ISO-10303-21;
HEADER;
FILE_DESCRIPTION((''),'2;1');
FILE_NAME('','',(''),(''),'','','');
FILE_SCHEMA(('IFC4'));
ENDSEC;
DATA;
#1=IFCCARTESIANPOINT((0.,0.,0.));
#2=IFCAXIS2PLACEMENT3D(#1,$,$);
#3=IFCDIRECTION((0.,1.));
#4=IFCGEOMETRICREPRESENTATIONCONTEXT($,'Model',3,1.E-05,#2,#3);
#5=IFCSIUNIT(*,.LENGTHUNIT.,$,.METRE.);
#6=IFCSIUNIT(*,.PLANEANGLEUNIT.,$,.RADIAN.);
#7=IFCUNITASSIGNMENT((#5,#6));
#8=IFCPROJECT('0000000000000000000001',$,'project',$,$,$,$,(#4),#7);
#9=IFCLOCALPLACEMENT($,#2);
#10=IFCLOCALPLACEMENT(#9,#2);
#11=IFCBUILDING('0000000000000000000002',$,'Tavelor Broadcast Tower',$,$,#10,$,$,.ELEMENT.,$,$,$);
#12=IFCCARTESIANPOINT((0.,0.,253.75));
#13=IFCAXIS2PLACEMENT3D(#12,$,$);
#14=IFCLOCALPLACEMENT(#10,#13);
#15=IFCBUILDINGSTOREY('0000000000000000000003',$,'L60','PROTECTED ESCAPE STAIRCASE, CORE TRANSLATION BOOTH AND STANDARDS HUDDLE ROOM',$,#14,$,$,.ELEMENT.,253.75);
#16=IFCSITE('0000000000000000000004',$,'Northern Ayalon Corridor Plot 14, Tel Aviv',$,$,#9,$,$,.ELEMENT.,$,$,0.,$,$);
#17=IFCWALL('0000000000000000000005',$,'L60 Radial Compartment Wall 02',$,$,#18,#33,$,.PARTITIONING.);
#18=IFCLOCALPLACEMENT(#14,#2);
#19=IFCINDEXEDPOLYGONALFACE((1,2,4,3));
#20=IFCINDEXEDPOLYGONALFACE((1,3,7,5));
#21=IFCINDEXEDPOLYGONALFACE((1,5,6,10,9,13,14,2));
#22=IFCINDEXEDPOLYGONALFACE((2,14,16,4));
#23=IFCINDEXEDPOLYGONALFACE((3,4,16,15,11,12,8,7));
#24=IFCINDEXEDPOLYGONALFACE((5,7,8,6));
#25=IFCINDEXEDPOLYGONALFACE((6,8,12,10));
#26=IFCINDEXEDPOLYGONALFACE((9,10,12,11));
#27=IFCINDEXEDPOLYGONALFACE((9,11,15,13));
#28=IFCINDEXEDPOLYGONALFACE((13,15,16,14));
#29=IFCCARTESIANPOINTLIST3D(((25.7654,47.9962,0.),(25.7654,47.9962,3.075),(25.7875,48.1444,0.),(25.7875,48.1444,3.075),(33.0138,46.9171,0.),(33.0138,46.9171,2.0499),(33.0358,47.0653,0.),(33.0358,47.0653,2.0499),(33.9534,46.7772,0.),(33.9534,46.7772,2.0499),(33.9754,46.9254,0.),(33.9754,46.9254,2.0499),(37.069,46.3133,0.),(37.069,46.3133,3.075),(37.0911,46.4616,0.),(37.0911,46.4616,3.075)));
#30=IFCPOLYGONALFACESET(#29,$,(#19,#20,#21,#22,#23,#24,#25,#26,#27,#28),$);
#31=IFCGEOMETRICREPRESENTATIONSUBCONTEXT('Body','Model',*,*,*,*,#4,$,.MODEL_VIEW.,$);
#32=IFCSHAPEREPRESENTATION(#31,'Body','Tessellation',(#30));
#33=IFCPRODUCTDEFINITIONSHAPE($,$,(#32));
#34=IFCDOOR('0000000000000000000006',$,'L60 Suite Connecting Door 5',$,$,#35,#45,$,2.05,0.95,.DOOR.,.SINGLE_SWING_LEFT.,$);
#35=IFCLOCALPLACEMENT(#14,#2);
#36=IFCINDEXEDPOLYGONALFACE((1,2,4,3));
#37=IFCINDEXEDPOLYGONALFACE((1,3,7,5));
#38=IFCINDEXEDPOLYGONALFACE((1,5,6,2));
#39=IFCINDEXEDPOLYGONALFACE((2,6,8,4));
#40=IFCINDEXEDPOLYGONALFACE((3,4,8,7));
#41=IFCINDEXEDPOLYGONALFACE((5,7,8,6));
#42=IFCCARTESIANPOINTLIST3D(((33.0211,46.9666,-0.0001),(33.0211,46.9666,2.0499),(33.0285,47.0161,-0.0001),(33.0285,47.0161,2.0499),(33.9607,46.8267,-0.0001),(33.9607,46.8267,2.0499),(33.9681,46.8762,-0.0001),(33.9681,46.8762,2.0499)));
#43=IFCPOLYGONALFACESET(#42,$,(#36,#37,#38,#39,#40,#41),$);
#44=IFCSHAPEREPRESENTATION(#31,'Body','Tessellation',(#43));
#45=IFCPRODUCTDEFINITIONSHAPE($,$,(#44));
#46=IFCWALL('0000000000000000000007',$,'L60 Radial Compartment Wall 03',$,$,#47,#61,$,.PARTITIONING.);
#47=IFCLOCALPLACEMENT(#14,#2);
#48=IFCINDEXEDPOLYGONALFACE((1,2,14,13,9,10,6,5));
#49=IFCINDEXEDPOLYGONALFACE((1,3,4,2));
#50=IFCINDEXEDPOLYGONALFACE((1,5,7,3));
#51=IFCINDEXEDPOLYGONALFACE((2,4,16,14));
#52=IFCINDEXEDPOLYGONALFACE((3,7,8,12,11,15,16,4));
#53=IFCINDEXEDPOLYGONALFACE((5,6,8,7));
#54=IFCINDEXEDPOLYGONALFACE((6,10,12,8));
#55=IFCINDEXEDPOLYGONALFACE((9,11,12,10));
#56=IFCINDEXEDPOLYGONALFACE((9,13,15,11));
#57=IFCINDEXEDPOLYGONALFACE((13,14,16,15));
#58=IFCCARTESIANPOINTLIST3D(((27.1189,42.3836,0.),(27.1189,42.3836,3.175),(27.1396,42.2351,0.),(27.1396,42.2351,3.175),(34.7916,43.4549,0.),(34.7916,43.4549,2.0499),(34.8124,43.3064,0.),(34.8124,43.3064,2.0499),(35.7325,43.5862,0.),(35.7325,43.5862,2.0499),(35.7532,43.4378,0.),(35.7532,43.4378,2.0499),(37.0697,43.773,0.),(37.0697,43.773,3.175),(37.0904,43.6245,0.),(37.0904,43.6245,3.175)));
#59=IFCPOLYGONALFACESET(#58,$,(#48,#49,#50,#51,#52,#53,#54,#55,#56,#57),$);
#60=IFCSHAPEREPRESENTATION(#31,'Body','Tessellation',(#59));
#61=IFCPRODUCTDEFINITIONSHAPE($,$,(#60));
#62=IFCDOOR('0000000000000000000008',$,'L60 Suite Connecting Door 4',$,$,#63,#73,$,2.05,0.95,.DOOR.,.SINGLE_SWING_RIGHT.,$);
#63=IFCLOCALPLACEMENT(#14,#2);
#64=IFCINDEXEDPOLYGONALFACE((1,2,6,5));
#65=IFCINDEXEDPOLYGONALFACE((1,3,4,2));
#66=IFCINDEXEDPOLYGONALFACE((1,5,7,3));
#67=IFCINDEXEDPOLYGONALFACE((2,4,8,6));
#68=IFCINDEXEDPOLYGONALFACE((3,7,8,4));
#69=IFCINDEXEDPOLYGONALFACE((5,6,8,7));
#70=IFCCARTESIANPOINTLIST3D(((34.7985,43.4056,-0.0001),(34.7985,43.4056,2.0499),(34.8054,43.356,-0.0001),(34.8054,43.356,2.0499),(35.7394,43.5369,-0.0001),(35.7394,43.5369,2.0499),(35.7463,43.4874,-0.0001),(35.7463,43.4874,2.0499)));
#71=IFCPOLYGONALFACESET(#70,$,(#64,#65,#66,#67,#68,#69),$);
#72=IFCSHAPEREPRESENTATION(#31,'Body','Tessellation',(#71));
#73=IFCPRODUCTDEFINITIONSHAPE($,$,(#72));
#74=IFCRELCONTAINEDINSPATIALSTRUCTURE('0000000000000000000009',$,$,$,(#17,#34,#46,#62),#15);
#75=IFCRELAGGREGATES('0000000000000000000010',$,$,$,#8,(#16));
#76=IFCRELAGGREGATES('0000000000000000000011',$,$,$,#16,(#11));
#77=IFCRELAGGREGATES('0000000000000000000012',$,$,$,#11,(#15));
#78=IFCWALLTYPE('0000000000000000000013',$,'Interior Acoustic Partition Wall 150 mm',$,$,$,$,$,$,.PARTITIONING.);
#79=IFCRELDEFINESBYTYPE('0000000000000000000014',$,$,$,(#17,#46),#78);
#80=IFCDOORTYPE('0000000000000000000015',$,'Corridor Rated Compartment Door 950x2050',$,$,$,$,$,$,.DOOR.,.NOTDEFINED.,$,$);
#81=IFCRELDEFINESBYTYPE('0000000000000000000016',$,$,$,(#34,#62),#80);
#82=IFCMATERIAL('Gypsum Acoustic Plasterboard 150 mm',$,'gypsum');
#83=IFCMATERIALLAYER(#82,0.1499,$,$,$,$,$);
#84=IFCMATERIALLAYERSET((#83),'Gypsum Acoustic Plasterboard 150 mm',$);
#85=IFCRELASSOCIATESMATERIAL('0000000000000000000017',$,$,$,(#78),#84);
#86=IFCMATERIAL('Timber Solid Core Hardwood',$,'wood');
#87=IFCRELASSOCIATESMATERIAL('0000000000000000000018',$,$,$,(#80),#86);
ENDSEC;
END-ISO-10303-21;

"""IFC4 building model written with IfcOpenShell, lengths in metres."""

from ifc_helpers import new_model, si_unit, direction, frame, frame_2d, origin, place, context, subcontext, project, spatial, rectangle, extrude, material, layer, layer_set, type_object, element, fill, save


model = new_model("IFC4")

# Units and contexts
model_context = context("Model", 3, precision=1e-05, world=origin(), true_north=direction((0.0, 1.0)))
body_context = subcontext(model_context, "Body", "Model", "MODEL_VIEW")
ifc_project = project(units=[si_unit("LENGTHUNIT", "METRE"), si_unit("PLANEANGLEUNIT", "RADIAN")], contexts=[model_context])

# Site, building, storey
site_placement = place(None, origin())
site = spatial("IfcSite", under=ifc_project, at=site_placement, Name="Northern Ayalon Corridor Plot 14, Tel Aviv", CompositionType="ELEMENT", RefElevation=0.0)
building_placement = place(site_placement, origin())
building = spatial("IfcBuilding", under=site, at=building_placement, Name="Tavelor Broadcast Tower", CompositionType="ELEMENT")
storey_placement = place(building_placement, frame((0.0, 0.0, 253.75)))
storey = spatial("IfcBuildingStorey", under=building, at=storey_placement, Name="L60", Description="PROTECTED ESCAPE STAIRCASE, CORE TRANSLATION BOOTH AND STANDARDS HUDDLE ROOM", CompositionType="ELEMENT", Elevation=253.75)

# Shared definitions
ifc_material_1 = material(Name="Gypsum Acoustic Plasterboard 150 mm", Category="gypsum")
ifc_layer_1 = layer(ifc_material_1, 0.1499)
ifc_layer_set_1 = layer_set([ifc_layer_1], Name="Gypsum Acoustic Plasterboard 150 mm")
wall_type_1 = type_object("IfcWallType", Name="Interior Acoustic Partition Wall 150 mm", PredefinedType="PARTITIONING", material=ifc_layer_set_1)
ifc_material_2 = material(Name="Timber Solid Core Hardwood", Category="wood")
door_type_1 = type_object("IfcDoorType", Name="Corridor Rated Compartment Door 950x2050", OperationType="NOTDEFINED", PredefinedType="DOOR", material=ifc_material_2)

# Walls, openings, doors
wall_1_placement = place(storey_placement, frame((37.0801, 46.3875, 0.0), z_axis=(0.0, 0.0, 1.0), x_axis=(-0.989099, 0.147254, 0.0)))
wall_1 = element("IfcWall", 1, at=wall_1_placement, inside=storey, type_object=wall_type_1, Name="L60 Radial Compartment Wall 02", PredefinedType="PARTITIONING", context=body_context, shape_type="SweptSolid", body=[
    extrude(rectangle(XDim=11.4282, YDim=0.1499, at=frame_2d((5.7141, 0.0))), origin(), (0.0, 0.0, 1.0), 3.075),
])
opening_1_placement = place(wall_1_placement, frame((3.1499, 0.0, 0.0)))
opening_1 = element("IfcOpeningElement", 2, at=opening_1_placement, cuts=wall_1, PredefinedType="OPENING", context=body_context, shape_type="SweptSolid", body=[
    extrude(rectangle(XDim=0.95, YDim=2.05, at=frame_2d((0.4751, 1.0249))), frame((0.0, 0.085, 0.0), z_axis=(0.0, -1.0, 0.0), x_axis=(1.0, 0.0, 0.0)), (0.0, 0.0, 1.0), 0.1699),
])
door_1_placement = place(opening_1_placement, origin())
door_1 = element("IfcDoor", 3, at=door_1_placement, inside=storey, type_object=door_type_1, Name="L60 Suite Connecting Door 5", OperationType="SINGLE_SWING_LEFT", OverallHeight=2.05, OverallWidth=0.95, PredefinedType="DOOR", context=body_context, shape_type="SweptSolid", body=[
    extrude(rectangle(XDim=0.95, YDim=2.05, at=frame_2d((0.4751, 1.0249))), frame((0.0, 0.0249, 0.0), z_axis=(0.0, -1.0, 0.0), x_axis=(1.0, 0.0, 0.0)), (0.0, 0.0, 1.0), 0.05),
])
fill(opening_1, door_1)
wall_2_placement = place(storey_placement, frame((37.0801, 43.6987, 0.0), z_axis=(0.0, 0.0, 1.0), x_axis=(-0.990393, -0.138284, 0.0)))
wall_2 = element("IfcWall", 4, at=wall_2_placement, inside=storey, type_object=wall_type_1, Name="L60 Radial Compartment Wall 03", PredefinedType="PARTITIONING", context=body_context, shape_type="SweptSolid", body=[
    extrude(rectangle(XDim=10.0474, YDim=0.1499, at=frame_2d((5.0237, 0.0))), origin(), (0.0, 0.0, 1.0), 3.175),
])
opening_2_placement = place(wall_2_placement, frame((1.3501, 0.0, 0.0)))
opening_2 = element("IfcOpeningElement", 5, at=opening_2_placement, cuts=wall_2, PredefinedType="OPENING", context=body_context, shape_type="SweptSolid", body=[
    extrude(rectangle(XDim=0.95, YDim=2.05, at=frame_2d((0.4751, 1.0249))), frame((0.0, 0.085, 0.0), z_axis=(0.0, -1.0, 0.0), x_axis=(1.0, 0.0, 0.0)), (0.0, 0.0, 1.0), 0.1699),
])
door_2_placement = place(opening_2_placement, origin())
door_2 = element("IfcDoor", 6, at=door_2_placement, inside=storey, type_object=door_type_1, Name="L60 Suite Connecting Door 4", OperationType="SINGLE_SWING_RIGHT", OverallHeight=2.05, OverallWidth=0.95, PredefinedType="DOOR", context=body_context, shape_type="SweptSolid", body=[
    extrude(rectangle(XDim=0.95, YDim=2.05, at=frame_2d((0.4751, 1.0249))), frame((0.0, 0.0249, 0.0), z_axis=(0.0, -1.0, 0.0), x_axis=(1.0, 0.0, 0.0)), (0.0, 0.0, 1.0), 0.05),
])
fill(opening_2, door_2)

save(model, "model.ifc")
